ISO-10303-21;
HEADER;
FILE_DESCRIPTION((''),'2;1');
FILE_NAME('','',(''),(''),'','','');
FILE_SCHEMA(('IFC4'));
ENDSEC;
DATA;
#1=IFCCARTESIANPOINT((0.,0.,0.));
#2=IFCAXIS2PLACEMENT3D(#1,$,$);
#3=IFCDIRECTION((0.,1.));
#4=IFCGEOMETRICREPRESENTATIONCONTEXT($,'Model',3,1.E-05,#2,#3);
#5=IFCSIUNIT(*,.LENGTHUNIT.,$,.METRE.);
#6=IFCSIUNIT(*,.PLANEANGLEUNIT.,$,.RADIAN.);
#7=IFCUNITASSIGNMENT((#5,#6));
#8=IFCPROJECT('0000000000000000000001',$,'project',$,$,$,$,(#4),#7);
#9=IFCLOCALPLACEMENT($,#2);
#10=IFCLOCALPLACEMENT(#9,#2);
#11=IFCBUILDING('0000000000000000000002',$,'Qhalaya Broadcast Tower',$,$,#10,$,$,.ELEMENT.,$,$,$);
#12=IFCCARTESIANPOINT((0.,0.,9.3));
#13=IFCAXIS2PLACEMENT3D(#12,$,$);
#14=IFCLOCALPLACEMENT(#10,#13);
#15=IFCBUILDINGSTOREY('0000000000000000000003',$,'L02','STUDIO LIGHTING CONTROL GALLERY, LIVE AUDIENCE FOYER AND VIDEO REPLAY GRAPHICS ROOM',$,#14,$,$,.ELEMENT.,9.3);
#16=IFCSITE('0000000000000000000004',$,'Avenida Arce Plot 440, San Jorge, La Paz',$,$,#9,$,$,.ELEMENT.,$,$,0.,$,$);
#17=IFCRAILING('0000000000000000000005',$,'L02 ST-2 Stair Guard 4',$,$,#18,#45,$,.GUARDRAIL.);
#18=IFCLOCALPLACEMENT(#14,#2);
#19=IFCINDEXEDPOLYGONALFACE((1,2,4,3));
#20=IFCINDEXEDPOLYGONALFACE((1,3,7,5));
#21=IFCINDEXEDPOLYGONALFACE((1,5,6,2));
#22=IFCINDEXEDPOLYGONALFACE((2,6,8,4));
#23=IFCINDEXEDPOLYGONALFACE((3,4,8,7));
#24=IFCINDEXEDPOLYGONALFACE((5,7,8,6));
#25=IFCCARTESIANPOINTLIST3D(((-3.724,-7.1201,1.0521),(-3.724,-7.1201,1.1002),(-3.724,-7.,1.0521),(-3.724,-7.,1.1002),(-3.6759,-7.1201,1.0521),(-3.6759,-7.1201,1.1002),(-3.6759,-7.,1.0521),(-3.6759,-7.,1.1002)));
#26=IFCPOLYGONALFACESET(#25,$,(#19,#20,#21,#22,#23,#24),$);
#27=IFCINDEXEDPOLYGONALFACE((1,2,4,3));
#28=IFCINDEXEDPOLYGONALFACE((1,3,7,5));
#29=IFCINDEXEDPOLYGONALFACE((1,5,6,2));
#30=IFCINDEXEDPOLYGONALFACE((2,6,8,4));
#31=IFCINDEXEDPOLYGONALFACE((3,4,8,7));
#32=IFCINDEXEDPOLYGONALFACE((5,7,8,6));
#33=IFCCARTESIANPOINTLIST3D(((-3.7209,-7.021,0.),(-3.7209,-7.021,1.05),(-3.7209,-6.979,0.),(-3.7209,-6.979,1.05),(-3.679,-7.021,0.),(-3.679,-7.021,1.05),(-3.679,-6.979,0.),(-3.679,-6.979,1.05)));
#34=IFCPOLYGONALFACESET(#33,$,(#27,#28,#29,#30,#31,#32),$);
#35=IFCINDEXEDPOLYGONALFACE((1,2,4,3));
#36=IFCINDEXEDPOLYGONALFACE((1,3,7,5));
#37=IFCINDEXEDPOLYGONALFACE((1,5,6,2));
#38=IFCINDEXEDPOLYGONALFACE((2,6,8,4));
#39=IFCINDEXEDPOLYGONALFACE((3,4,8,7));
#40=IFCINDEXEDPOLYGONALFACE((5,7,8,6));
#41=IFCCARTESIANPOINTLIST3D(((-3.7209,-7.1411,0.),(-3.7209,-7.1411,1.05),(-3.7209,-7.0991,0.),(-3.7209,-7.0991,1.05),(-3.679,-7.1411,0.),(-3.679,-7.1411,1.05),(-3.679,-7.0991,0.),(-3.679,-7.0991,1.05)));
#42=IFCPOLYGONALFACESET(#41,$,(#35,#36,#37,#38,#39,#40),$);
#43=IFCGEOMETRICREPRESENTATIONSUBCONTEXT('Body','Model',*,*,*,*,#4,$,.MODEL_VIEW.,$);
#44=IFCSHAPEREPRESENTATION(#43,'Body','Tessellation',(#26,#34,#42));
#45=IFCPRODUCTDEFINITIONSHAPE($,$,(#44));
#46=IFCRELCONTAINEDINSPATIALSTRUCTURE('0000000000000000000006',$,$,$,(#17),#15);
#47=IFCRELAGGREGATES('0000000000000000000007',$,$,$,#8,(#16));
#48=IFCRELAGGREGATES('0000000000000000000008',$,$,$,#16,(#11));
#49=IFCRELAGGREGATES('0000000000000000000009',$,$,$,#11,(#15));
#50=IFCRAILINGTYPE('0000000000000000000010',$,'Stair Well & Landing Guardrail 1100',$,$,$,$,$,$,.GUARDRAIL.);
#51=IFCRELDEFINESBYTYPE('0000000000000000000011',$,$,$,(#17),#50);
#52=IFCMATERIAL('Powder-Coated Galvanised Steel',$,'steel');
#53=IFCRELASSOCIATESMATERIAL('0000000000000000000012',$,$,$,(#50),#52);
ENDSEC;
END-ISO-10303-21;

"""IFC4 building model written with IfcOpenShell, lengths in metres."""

from ifc_helpers import new_model, si_unit, direction, frame, origin, origin_2d, place, context, subcontext, project, spatial, rectangle, extrude, material, type_object, element, save


model = new_model("IFC4")

# Units and contexts
model_context = context("Model", 3, precision=1e-05, world=origin(), true_north=direction((0.0, 1.0)))
body_context = subcontext(model_context, "Body", "Model", "MODEL_VIEW")
ifc_project = project(units=[si_unit("LENGTHUNIT", "METRE"), si_unit("PLANEANGLEUNIT", "RADIAN")], contexts=[model_context])

# Site, building, storey
site_placement = place(None, origin())
site = spatial("IfcSite", under=ifc_project, at=site_placement, Name="Avenida Arce Plot 440, San Jorge, La Paz", CompositionType="ELEMENT", RefElevation=0.0)
building_placement = place(site_placement, origin())
building = spatial("IfcBuilding", under=site, at=building_placement, Name="Qhalaya Broadcast Tower", CompositionType="ELEMENT")
storey_placement = place(building_placement, frame((0.0, 0.0, 9.3)))
storey = spatial("IfcBuildingStorey", under=building, at=storey_placement, Name="L02", Description="STUDIO LIGHTING CONTROL GALLERY, LIVE AUDIENCE FOYER AND VIDEO REPLAY GRAPHICS ROOM", CompositionType="ELEMENT", Elevation=9.3)

# Railing
ifc_material_1 = material(Name="Powder-Coated Galvanised Steel", Category="steel")
railing_type_1 = type_object("IfcRailingType", Name="Stair Well & Landing Guardrail 1100", PredefinedType="GUARDRAIL", material=ifc_material_1)
railing_1_placement = place(storey_placement, frame((-3.7, -7.0, 0.0)))
element("IfcRailing", 1, at=railing_1_placement, inside=storey, type_object=railing_type_1, Name="L02 ST-2 Stair Guard 4", PredefinedType="GUARDRAIL", context=body_context, shape_type="SweptSolid", body=[
    extrude(rectangle(XDim=0.0481, YDim=0.0481, at=origin_2d()), frame((0.0, 0.0, 1.0762), z_axis=(0.0, -1.0, 0.0), x_axis=(1.0, 0.0, 0.0)), (0.0, 0.0, 1.0), 0.1201),
    extrude(rectangle(XDim=0.042, YDim=0.042, at=origin_2d()), origin(), (0.0, 0.0, 1.0), 1.05),
    extrude(rectangle(XDim=0.042, YDim=0.042, at=origin_2d()), frame((0.0, -0.1201, 0.0)), (0.0, 0.0, 1.0), 1.05),
])

save(model, "model.ifc")
